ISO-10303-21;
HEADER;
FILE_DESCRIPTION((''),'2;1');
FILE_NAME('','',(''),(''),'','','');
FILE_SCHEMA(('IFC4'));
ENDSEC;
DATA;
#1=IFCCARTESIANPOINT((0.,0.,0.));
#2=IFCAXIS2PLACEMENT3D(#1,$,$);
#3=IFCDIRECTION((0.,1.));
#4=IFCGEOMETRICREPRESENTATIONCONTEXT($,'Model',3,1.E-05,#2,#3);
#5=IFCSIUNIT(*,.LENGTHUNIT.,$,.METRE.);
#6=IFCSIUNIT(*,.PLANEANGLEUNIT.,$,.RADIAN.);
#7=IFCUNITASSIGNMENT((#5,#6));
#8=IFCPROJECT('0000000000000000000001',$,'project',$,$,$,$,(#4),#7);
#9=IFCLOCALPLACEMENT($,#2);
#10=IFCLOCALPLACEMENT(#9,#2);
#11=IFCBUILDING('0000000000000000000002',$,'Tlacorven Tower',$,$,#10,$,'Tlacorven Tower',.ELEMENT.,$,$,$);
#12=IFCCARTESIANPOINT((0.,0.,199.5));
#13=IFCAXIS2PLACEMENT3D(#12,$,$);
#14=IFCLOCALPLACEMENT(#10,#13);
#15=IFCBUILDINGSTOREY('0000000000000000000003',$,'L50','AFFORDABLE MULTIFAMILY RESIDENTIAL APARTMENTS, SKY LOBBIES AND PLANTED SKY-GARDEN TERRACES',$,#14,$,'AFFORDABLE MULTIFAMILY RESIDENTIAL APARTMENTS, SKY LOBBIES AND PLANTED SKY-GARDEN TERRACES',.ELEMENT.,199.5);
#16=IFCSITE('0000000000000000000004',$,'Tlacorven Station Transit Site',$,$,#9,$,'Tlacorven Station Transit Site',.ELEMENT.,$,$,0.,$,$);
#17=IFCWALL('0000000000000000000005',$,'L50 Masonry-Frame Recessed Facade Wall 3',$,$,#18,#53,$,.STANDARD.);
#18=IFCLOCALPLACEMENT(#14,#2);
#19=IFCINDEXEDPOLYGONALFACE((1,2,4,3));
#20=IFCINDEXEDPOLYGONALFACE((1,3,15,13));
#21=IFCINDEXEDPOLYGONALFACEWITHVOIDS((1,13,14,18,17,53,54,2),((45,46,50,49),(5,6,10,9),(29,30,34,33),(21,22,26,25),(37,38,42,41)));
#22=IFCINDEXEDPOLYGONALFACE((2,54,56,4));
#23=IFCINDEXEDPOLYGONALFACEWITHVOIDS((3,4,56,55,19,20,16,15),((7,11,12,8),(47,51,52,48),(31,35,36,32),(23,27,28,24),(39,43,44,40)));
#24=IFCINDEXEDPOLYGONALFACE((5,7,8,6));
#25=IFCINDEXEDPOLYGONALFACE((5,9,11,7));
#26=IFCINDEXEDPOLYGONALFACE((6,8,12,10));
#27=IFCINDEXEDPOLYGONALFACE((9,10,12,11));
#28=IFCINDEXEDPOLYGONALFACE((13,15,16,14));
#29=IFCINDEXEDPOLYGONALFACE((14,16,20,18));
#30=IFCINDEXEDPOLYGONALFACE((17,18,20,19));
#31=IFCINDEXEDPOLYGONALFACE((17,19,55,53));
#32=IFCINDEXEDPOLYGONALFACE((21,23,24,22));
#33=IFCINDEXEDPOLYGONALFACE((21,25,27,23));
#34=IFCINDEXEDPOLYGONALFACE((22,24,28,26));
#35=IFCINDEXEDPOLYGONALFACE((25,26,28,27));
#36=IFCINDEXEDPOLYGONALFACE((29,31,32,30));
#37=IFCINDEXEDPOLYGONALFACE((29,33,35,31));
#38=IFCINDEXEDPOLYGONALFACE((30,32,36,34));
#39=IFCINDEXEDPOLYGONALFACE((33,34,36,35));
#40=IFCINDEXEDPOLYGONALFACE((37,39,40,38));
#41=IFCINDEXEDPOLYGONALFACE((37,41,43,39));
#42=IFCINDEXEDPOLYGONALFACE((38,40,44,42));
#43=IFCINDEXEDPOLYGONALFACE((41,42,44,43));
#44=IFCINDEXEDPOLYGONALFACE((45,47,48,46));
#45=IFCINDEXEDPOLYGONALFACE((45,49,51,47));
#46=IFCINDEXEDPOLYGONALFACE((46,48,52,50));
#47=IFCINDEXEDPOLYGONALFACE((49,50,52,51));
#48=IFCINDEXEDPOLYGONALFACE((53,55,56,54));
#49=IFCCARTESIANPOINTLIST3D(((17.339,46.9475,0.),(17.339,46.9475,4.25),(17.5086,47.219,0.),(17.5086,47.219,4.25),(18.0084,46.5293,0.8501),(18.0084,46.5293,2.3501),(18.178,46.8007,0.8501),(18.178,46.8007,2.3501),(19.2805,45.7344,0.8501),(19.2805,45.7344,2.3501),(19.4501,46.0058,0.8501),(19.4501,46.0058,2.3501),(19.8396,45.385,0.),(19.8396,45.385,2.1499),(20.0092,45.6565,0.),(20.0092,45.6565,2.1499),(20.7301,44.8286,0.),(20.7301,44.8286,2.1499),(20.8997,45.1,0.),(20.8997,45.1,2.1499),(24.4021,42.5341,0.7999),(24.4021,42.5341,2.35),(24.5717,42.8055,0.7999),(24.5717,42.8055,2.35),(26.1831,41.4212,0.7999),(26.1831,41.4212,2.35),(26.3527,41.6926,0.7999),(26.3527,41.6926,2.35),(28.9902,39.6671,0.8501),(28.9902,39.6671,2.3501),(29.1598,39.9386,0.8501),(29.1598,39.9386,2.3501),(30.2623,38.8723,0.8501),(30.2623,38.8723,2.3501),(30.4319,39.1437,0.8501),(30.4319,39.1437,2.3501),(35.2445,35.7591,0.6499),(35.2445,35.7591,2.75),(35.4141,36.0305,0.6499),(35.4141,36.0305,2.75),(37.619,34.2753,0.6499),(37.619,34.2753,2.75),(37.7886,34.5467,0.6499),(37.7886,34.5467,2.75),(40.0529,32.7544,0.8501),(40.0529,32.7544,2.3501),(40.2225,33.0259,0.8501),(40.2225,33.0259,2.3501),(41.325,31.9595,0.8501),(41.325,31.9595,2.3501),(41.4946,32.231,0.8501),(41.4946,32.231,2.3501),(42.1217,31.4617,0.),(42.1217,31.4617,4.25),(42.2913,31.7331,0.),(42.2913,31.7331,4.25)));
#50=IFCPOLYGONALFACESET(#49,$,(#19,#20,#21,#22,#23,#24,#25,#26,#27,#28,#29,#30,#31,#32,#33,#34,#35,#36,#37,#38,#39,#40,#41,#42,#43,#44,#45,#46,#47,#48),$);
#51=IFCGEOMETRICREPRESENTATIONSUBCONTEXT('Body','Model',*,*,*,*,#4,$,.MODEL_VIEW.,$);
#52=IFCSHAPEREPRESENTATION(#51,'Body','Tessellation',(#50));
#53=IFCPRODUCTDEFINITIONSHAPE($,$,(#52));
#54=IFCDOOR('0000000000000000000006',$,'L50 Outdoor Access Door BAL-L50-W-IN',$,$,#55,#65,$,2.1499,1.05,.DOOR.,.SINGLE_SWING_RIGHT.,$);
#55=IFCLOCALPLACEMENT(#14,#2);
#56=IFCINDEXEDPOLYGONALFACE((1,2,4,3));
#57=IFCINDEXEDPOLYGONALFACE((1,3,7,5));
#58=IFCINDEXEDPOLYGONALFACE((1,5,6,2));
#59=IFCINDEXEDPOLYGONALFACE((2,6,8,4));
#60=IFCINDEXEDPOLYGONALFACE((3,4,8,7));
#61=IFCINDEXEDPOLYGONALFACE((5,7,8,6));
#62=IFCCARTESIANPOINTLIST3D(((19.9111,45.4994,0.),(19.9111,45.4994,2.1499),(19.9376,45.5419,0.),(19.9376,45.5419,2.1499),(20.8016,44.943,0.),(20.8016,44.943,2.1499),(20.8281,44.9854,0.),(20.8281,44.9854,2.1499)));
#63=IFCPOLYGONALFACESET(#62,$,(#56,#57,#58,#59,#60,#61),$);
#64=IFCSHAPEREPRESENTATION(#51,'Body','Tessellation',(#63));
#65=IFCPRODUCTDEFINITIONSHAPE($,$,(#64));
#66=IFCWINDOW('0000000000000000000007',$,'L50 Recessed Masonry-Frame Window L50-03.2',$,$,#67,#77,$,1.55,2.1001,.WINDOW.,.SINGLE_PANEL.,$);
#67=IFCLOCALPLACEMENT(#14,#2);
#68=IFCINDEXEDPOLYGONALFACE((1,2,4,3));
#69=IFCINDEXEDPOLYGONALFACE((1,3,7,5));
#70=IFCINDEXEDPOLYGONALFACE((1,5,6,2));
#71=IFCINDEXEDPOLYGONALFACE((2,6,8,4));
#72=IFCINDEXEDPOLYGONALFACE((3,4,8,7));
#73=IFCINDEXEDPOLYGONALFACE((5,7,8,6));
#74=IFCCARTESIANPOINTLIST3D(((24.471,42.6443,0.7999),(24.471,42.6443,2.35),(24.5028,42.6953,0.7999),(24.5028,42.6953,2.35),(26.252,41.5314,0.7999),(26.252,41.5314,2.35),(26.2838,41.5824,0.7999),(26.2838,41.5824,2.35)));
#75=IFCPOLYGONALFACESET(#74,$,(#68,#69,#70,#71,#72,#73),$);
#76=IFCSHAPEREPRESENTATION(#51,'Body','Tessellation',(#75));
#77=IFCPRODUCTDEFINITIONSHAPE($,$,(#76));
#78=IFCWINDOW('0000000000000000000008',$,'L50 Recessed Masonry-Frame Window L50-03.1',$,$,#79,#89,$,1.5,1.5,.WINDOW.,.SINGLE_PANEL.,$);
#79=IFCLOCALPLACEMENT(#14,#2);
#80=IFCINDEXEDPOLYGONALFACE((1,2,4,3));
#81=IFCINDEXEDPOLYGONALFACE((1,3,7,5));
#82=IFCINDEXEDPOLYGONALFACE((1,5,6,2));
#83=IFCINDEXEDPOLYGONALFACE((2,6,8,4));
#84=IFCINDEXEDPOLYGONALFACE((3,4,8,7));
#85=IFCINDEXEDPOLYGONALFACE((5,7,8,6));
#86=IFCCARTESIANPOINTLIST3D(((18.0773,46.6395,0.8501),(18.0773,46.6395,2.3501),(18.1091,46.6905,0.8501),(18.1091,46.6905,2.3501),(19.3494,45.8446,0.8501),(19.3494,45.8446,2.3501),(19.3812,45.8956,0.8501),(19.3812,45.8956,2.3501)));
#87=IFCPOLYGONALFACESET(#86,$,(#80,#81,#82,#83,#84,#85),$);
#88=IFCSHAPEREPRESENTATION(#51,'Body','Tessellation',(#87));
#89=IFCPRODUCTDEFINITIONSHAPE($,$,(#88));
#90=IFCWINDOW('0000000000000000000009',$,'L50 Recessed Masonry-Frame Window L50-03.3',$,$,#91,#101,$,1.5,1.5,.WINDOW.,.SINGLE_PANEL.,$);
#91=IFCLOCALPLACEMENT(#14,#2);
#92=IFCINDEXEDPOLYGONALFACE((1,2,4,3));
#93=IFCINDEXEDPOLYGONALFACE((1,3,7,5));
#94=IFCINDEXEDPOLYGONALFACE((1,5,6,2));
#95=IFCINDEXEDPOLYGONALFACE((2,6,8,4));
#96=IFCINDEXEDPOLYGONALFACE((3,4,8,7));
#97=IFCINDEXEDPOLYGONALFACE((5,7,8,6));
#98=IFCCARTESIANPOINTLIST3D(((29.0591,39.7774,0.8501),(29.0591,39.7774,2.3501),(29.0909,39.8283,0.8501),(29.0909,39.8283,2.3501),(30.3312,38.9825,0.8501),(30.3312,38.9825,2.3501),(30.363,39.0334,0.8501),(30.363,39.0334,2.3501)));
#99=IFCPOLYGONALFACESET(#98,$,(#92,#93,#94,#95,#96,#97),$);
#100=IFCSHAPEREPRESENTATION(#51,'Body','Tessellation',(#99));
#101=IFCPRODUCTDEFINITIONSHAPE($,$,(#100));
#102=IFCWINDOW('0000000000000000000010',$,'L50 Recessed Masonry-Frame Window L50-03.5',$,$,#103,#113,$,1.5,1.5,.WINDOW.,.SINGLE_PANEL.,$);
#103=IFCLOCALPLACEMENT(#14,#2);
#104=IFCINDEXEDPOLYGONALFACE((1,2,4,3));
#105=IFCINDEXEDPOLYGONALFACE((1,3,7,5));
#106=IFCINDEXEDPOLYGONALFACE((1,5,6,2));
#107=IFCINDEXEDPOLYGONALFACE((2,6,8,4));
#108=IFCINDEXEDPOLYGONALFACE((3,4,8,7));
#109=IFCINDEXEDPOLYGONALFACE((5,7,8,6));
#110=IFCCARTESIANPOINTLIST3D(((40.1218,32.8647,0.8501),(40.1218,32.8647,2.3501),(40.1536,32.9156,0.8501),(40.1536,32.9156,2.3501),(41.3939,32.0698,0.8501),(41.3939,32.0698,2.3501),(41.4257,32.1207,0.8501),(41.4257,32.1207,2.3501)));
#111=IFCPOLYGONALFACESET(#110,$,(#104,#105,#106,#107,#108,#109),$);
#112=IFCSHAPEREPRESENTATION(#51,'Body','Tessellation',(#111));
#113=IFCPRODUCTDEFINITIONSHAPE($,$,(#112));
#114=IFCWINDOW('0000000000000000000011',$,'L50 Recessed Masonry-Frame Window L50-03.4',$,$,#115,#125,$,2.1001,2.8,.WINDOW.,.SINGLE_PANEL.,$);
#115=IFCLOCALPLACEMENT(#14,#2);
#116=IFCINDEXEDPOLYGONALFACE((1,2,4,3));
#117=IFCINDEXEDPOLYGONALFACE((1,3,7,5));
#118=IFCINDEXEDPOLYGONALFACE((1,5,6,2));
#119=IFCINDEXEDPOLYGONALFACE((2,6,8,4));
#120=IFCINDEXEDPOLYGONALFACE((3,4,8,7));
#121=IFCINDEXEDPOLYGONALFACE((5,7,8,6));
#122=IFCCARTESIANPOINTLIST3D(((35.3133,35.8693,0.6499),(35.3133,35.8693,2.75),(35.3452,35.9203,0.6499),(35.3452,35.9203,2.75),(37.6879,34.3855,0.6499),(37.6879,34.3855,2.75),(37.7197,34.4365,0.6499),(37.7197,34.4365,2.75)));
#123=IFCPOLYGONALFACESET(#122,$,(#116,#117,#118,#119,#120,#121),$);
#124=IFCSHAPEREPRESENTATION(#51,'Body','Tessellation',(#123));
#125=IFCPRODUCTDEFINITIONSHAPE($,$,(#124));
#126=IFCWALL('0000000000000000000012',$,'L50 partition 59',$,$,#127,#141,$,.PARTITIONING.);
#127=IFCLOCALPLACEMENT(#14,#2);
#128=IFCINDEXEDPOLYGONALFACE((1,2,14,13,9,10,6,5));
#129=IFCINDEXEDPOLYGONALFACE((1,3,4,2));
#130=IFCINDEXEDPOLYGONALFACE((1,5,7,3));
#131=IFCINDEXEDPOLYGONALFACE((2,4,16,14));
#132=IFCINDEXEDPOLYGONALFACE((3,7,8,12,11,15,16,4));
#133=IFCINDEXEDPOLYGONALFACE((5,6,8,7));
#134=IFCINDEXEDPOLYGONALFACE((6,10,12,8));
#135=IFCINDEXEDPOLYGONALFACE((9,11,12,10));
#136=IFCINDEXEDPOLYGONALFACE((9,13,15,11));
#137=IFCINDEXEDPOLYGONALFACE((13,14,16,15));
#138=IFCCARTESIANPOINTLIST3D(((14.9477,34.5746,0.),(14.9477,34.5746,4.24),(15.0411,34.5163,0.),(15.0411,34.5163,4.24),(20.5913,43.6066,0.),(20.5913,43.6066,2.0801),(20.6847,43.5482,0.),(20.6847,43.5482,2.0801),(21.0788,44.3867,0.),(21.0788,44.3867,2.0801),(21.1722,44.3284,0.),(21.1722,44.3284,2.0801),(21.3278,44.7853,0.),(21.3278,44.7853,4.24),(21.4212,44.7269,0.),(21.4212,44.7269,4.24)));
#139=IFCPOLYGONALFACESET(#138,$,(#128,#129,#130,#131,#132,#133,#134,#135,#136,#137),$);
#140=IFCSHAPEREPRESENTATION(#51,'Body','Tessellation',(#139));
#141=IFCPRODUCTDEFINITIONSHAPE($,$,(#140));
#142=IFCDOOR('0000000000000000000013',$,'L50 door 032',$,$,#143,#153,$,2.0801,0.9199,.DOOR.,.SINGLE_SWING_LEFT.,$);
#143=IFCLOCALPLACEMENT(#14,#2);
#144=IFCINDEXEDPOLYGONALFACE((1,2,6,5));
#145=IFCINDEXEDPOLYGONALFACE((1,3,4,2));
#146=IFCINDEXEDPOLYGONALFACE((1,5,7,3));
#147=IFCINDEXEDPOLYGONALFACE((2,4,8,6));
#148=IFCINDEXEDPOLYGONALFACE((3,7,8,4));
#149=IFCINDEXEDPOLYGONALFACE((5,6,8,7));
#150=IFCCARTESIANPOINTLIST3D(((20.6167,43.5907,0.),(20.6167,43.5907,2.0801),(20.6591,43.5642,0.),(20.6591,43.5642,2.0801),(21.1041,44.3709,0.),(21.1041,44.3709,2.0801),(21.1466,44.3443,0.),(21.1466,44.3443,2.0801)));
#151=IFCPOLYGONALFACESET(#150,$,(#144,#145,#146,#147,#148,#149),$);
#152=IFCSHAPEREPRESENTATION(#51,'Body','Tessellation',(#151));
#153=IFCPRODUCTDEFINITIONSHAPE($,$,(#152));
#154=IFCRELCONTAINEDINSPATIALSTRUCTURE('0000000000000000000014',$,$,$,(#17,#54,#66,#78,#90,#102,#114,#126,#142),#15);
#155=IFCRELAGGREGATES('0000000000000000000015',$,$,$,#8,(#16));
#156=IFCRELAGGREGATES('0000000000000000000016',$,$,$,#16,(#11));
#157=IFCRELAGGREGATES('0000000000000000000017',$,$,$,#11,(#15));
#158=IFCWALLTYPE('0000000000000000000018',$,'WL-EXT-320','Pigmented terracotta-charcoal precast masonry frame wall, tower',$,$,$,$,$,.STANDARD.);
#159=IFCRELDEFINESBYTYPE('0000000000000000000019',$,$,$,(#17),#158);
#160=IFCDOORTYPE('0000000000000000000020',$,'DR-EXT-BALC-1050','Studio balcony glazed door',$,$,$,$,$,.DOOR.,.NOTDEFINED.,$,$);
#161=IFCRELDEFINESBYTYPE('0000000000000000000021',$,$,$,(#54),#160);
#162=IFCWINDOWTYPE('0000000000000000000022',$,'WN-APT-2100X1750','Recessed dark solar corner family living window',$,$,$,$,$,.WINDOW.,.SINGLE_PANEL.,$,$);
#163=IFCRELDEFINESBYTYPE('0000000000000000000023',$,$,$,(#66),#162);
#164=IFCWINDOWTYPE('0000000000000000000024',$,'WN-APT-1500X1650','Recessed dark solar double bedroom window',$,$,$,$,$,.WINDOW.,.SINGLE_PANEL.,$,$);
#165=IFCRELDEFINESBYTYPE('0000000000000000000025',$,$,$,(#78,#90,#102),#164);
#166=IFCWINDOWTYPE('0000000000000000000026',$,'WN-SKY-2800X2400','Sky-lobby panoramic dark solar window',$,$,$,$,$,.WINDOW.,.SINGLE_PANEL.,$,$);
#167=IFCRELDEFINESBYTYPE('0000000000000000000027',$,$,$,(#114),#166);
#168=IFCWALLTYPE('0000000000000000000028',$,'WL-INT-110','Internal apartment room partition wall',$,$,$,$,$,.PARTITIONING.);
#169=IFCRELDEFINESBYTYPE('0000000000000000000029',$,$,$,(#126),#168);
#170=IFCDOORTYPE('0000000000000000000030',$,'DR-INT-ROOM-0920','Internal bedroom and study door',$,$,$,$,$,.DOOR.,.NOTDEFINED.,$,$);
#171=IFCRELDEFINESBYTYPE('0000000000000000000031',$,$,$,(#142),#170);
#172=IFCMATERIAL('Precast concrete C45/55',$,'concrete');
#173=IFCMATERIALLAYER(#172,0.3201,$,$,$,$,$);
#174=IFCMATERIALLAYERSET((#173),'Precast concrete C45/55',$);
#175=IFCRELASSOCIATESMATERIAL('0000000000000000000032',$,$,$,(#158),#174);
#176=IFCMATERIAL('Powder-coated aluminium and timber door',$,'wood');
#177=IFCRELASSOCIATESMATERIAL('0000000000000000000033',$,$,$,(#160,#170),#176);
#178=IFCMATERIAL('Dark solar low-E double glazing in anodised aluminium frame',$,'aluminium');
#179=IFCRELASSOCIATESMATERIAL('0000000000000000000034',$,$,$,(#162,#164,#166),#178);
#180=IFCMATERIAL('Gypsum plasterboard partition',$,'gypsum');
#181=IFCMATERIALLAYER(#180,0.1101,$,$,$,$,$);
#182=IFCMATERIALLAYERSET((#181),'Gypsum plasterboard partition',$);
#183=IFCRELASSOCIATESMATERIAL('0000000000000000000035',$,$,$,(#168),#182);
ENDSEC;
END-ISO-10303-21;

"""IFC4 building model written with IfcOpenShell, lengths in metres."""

from ifc_helpers import new_model, si_unit, direction, frame, frame_2d, origin, place, context, subcontext, project, spatial, rectangle, extrude, source, transform, mapped, material, layer, layer_set, type_object, element, fill, save


model = new_model("IFC4")

# Units and contexts
model_context = context("Model", 3, precision=1e-05, world=origin(), true_north=direction((0.0, 1.0)))
body_context = subcontext(model_context, "Body", "Model", "MODEL_VIEW")
ifc_project = project(units=[si_unit("LENGTHUNIT", "METRE"), si_unit("PLANEANGLEUNIT", "RADIAN")], contexts=[model_context])

# Site, building, storey
site_placement = place(None, origin())
site = spatial("IfcSite", under=ifc_project, at=site_placement, Name="Tlacorven Station Transit Site", LongName="Tlacorven Station Transit Site", CompositionType="ELEMENT", RefElevation=0.0)
building_placement = place(site_placement, origin())
building = spatial("IfcBuilding", under=site, at=building_placement, Name="Tlacorven Tower", LongName="Tlacorven Tower", CompositionType="ELEMENT")
storey_placement = place(building_placement, frame((0.0, 0.0, 199.5)))
storey = spatial("IfcBuildingStorey", under=building, at=storey_placement, Name="L50", Description="AFFORDABLE MULTIFAMILY RESIDENTIAL APARTMENTS, SKY LOBBIES AND PLANTED SKY-GARDEN TERRACES", LongName="AFFORDABLE MULTIFAMILY RESIDENTIAL APARTMENTS, SKY LOBBIES AND PLANTED SKY-GARDEN TERRACES", CompositionType="ELEMENT", Elevation=199.5)

# Wall, openings, door, windows
ifc_material_1 = material(Name="Precast concrete C45/55", Category="concrete")
ifc_layer_1 = layer(ifc_material_1, 0.3201)
ifc_layer_set_1 = layer_set([ifc_layer_1], Name="Precast concrete C45/55")
wall_type_1 = type_object("IfcWallType", Name="WL-EXT-320", Description="Pigmented terracotta-charcoal precast masonry frame wall, tower", PredefinedType="STANDARD", material=ifc_layer_set_1)
wall_1_placement = place(storey_placement, frame((17.4238, 47.0833, 0.0), z_axis=(0.0, 0.0, 1.0), x_axis=(0.84805, -0.529916, 0.0)))
wall_1 = element("IfcWall", 1, at=wall_1_placement, inside=storey, type_object=wall_type_1, Name="L50 Masonry-Frame Recessed Facade Wall 3", PredefinedType="STANDARD", context=body_context, shape_type="SweptSolid", body=[
    extrude(rectangle(XDim=29.2231, YDim=0.3201, at=frame_2d((14.6116, 0.0))), origin(), (0.0, 0.0, 1.0), 4.25),
])
opening_1_placement = place(wall_1_placement, frame((2.9487, 0.0, 0.0)))
opening_1 = element("IfcOpeningElement", 2, at=opening_1_placement, cuts=wall_1, PredefinedType="OPENING", context=body_context, shape_type="SweptSolid", body=[
    extrude(rectangle(XDim=1.05, YDim=2.1499, at=frame_2d((0.5249, 1.075))), frame((0.0, 0.1699, 0.0), z_axis=(0.0, -1.0, 0.0), x_axis=(1.0, 0.0, 0.0)), (0.0, 0.0, 1.0), 0.3401),
])
opening_2_placement = place(wall_1_placement, frame((0.7893, 0.0, 0.8501)))
opening_2 = element("IfcOpeningElement", 3, at=opening_2_placement, cuts=wall_1, PredefinedType="OPENING", context=body_context, shape_type="SweptSolid", body=[
    extrude(rectangle(XDim=1.5, YDim=1.5, at=frame_2d((0.75, 0.75))), frame((0.0, 0.1699, 0.0), z_axis=(0.0, -1.0, 0.0), x_axis=(1.0, 0.0, 0.0)), (0.0, 0.0, 1.0), 0.3401),
])
opening_3_placement = place(wall_1_placement, frame((8.3286, 0.0, 0.8)))
opening_3 = element("IfcOpeningElement", 4, at=opening_3_placement, cuts=wall_1, PredefinedType="OPENING", context=body_context, shape_type="SweptSolid", body=[
    extrude(rectangle(XDim=2.1001, YDim=1.55, at=frame_2d((1.05, 0.7749))), frame((0.0, 0.1699, 0.0), z_axis=(0.0, -1.0, 0.0), x_axis=(1.0, 0.0, 0.0)), (0.0, 0.0, 1.0), 0.3401),
])
opening_4_placement = place(wall_1_placement, frame((13.7388, 0.0, 0.8501)))
opening_4 = element("IfcOpeningElement", 5, at=opening_4_placement, cuts=wall_1, PredefinedType="OPENING", context=body_context, shape_type="SweptSolid", body=[
    extrude(rectangle(XDim=1.5, YDim=1.5, at=frame_2d((0.75, 0.75))), frame((0.0, 0.1699, 0.0), z_axis=(0.0, -1.0, 0.0), x_axis=(1.0, 0.0, 0.0)), (0.0, 0.0, 1.0), 0.3401),
])
opening_5_placement = place(wall_1_placement, frame((21.1138, 0.0, 0.6499)))
opening_5 = element("IfcOpeningElement", 6, at=opening_5_placement, cuts=wall_1, PredefinedType="OPENING", context=body_context, shape_type="SweptSolid", body=[
    extrude(rectangle(XDim=2.8, YDim=2.1001, at=frame_2d((1.3999, 1.05))), frame((0.0, 0.1699, 0.0), z_axis=(0.0, -1.0, 0.0), x_axis=(1.0, 0.0, 0.0)), (0.0, 0.0, 1.0), 0.3401),
])
opening_6_placement = place(wall_1_placement, frame((26.7837, 0.0, 0.8501)))
opening_6 = element("IfcOpeningElement", 7, at=opening_6_placement, cuts=wall_1, PredefinedType="OPENING", context=body_context, shape_type="SweptSolid", body=[
    extrude(rectangle(XDim=1.5, YDim=1.5, at=frame_2d((0.75, 0.75))), frame((0.0, 0.1699, 0.0), z_axis=(0.0, -1.0, 0.0), x_axis=(1.0, 0.0, 0.0)), (0.0, 0.0, 1.0), 0.3401),
])
ifc_material_2 = material(Name="Powder-coated aluminium and timber door", Category="wood")
door_type_1 = type_object("IfcDoorType", Name="DR-EXT-BALC-1050", Description="Studio balcony glazed door", OperationType="NOTDEFINED", PredefinedType="DOOR", material=ifc_material_2)
shared_shape_1 = source(origin(), body_context, "Body", "SweptSolid", [
    extrude(rectangle(XDim=1.05, YDim=2.1499, at=frame_2d((0.5249, 1.075))), frame((0.0, 0.0249, 0.0), z_axis=(0.0, -1.0, 0.0), x_axis=(1.0, 0.0, 0.0)), (0.0, 0.0, 1.0), 0.05),
])
door_1_placement = place(opening_1_placement, origin())
door_1 = element("IfcDoor", 8, at=door_1_placement, inside=storey, type_object=door_type_1, Name="L50 Outdoor Access Door BAL-L50-W-IN", OperationType="SINGLE_SWING_RIGHT", OverallHeight=2.1499, OverallWidth=1.05, PredefinedType="DOOR", context=body_context, shape_type="MappedRepresentation", body=[
    mapped(shared_shape_1, transform((0.0, 0.0, 0.0), scale=1.0)),
])
fill(opening_1, door_1)
ifc_material_3 = material(Name="Dark solar low-E double glazing in anodised aluminium frame", Category="aluminium")
window_type_1 = type_object("IfcWindowType", Name="WN-APT-2100X1750", Description="Recessed dark solar corner family living window", PartitioningType="SINGLE_PANEL", PredefinedType="WINDOW", material=ifc_material_3)
shared_shape_2 = source(origin(), body_context, "Body", "SweptSolid", [
    extrude(rectangle(XDim=2.1001, YDim=1.55, at=frame_2d((1.05, 0.7749))), frame((0.0, 0.03, 0.0), z_axis=(0.0, -1.0, 0.0), x_axis=(1.0, 0.0, 0.0)), (0.0, 0.0, 1.0), 0.0601),
])
window_1_placement = place(opening_3_placement, origin())
window_1 = element("IfcWindow", 9, at=window_1_placement, inside=storey, type_object=window_type_1, Name="L50 Recessed Masonry-Frame Window L50-03.2", OverallHeight=1.55, OverallWidth=2.1001, PartitioningType="SINGLE_PANEL", PredefinedType="WINDOW", context=body_context, shape_type="MappedRepresentation", body=[
    mapped(shared_shape_2, transform((0.0, 0.0, 0.0), scale=1.0)),
])
fill(opening_3, window_1)
window_type_2 = type_object("IfcWindowType", Name="WN-APT-1500X1650", Description="Recessed dark solar double bedroom window", PartitioningType="SINGLE_PANEL", PredefinedType="WINDOW", material=ifc_material_3)
shared_shape_3 = source(origin(), body_context, "Body", "SweptSolid", [
    extrude(rectangle(XDim=1.5, YDim=1.5, at=frame_2d((0.75, 0.75))), frame((0.0, 0.03, 0.0), z_axis=(0.0, -1.0, 0.0), x_axis=(1.0, 0.0, 0.0)), (0.0, 0.0, 1.0), 0.0601),
])
window_2_placement = place(opening_2_placement, origin())
window_2 = element("IfcWindow", 10, at=window_2_placement, inside=storey, type_object=window_type_2, Name="L50 Recessed Masonry-Frame Window L50-03.1", OverallHeight=1.5, OverallWidth=1.5, PartitioningType="SINGLE_PANEL", PredefinedType="WINDOW", context=body_context, shape_type="MappedRepresentation", body=[
    mapped(shared_shape_3, transform((0.0, 0.0, 0.0), scale=1.0)),
])
fill(opening_2, window_2)
window_3_placement = place(opening_4_placement, origin())
window_3 = element("IfcWindow", 11, at=window_3_placement, inside=storey, type_object=window_type_2, Name="L50 Recessed Masonry-Frame Window L50-03.3", OverallHeight=1.5, OverallWidth=1.5, PartitioningType="SINGLE_PANEL", PredefinedType="WINDOW", context=body_context, shape_type="MappedRepresentation", body=[
    mapped(shared_shape_3, transform((0.0, 0.0, 0.0), scale=1.0)),
])
fill(opening_4, window_3)
window_4_placement = place(opening_6_placement, origin())
window_4 = element("IfcWindow", 12, at=window_4_placement, inside=storey, type_object=window_type_2, Name="L50 Recessed Masonry-Frame Window L50-03.5", OverallHeight=1.5, OverallWidth=1.5, PartitioningType="SINGLE_PANEL", PredefinedType="WINDOW", context=body_context, shape_type="MappedRepresentation", body=[
    mapped(shared_shape_3, transform((0.0, 0.0, 0.0), scale=1.0)),
])
fill(opening_6, window_4)
window_type_3 = type_object("IfcWindowType", Name="WN-SKY-2800X2400", Description="Sky-lobby panoramic dark solar window", PartitioningType="SINGLE_PANEL", PredefinedType="WINDOW", material=ifc_material_3)
shared_shape_4 = source(origin(), body_context, "Body", "SweptSolid", [
    extrude(rectangle(XDim=2.8, YDim=2.1001, at=frame_2d((1.3999, 1.05))), frame((0.0, 0.03, 0.0), z_axis=(0.0, -1.0, 0.0), x_axis=(1.0, 0.0, 0.0)), (0.0, 0.0, 1.0), 0.0601),
])
window_5_placement = place(opening_5_placement, origin())
window_5 = element("IfcWindow", 13, at=window_5_placement, inside=storey, type_object=window_type_3, Name="L50 Recessed Masonry-Frame Window L50-03.4", OverallHeight=2.1001, OverallWidth=2.8, PartitioningType="SINGLE_PANEL", PredefinedType="WINDOW", context=body_context, shape_type="MappedRepresentation", body=[
    mapped(shared_shape_4, transform((0.0, 0.0, 0.0), scale=1.0)),
])
fill(opening_5, window_5)

# Wall, opening, door
ifc_material_4 = material(Name="Gypsum plasterboard partition", Category="gypsum")
ifc_layer_2 = layer(ifc_material_4, 0.1101)
ifc_layer_set_2 = layer_set([ifc_layer_2], Name="Gypsum plasterboard partition")
wall_type_2 = type_object("IfcWallType", Name="WL-INT-110", Description="Internal apartment room partition wall", PredefinedType="PARTITIONING", material=ifc_layer_set_2)
wall_2_placement = place(storey_placement, frame((21.3745, 44.7561, 0.0), z_axis=(0.0, 0.0, 1.0), x_axis=(-0.529906, -0.848056, 0.0)))
wall_2 = element("IfcWall", 14, at=wall_2_placement, inside=storey, type_object=wall_type_2, Name="L50 partition 59", PredefinedType="PARTITIONING", context=body_context, shape_type="SweptSolid", body=[
    extrude(rectangle(XDim=12.04, YDim=0.1101, at=frame_2d((6.02, 0.0))), origin(), (0.0, 0.0, 1.0), 4.24),
])
opening_7_placement = place(wall_2_placement, frame((0.47, 0.0, 0.0)))
opening_7 = element("IfcOpeningElement", 15, at=opening_7_placement, cuts=wall_2, PredefinedType="OPENING", context=body_context, shape_type="SweptSolid", body=[
    extrude(rectangle(XDim=0.9199, YDim=2.0801, at=frame_2d((0.46, 1.04))), frame((0.0, 0.0649, 0.0), z_axis=(0.0, -1.0, 0.0), x_axis=(1.0, 0.0, 0.0)), (0.0, 0.0, 1.0), 0.1301),
])
door_type_2 = type_object("IfcDoorType", Name="DR-INT-ROOM-0920", Description="Internal bedroom and study door", OperationType="NOTDEFINED", PredefinedType="DOOR", material=ifc_material_2)
shared_shape_5 = source(origin(), body_context, "Body", "SweptSolid", [
    extrude(rectangle(XDim=0.9199, YDim=2.0801, at=frame_2d((0.46, 1.04))), frame((0.0, 0.0249, 0.0), z_axis=(0.0, -1.0, 0.0), x_axis=(1.0, 0.0, 0.0)), (0.0, 0.0, 1.0), 0.05),
])
door_2_placement = place(opening_7_placement, origin())
door_2 = element("IfcDoor", 16, at=door_2_placement, inside=storey, type_object=door_type_2, Name="L50 door 032", OperationType="SINGLE_SWING_LEFT", OverallHeight=2.0801, OverallWidth=0.9199, PredefinedType="DOOR", context=body_context, shape_type="MappedRepresentation", body=[
    mapped(shared_shape_5, transform((0.0, 0.0, 0.0), scale=1.0)),
])
fill(opening_7, door_2)

save(model, "model.ifc")
